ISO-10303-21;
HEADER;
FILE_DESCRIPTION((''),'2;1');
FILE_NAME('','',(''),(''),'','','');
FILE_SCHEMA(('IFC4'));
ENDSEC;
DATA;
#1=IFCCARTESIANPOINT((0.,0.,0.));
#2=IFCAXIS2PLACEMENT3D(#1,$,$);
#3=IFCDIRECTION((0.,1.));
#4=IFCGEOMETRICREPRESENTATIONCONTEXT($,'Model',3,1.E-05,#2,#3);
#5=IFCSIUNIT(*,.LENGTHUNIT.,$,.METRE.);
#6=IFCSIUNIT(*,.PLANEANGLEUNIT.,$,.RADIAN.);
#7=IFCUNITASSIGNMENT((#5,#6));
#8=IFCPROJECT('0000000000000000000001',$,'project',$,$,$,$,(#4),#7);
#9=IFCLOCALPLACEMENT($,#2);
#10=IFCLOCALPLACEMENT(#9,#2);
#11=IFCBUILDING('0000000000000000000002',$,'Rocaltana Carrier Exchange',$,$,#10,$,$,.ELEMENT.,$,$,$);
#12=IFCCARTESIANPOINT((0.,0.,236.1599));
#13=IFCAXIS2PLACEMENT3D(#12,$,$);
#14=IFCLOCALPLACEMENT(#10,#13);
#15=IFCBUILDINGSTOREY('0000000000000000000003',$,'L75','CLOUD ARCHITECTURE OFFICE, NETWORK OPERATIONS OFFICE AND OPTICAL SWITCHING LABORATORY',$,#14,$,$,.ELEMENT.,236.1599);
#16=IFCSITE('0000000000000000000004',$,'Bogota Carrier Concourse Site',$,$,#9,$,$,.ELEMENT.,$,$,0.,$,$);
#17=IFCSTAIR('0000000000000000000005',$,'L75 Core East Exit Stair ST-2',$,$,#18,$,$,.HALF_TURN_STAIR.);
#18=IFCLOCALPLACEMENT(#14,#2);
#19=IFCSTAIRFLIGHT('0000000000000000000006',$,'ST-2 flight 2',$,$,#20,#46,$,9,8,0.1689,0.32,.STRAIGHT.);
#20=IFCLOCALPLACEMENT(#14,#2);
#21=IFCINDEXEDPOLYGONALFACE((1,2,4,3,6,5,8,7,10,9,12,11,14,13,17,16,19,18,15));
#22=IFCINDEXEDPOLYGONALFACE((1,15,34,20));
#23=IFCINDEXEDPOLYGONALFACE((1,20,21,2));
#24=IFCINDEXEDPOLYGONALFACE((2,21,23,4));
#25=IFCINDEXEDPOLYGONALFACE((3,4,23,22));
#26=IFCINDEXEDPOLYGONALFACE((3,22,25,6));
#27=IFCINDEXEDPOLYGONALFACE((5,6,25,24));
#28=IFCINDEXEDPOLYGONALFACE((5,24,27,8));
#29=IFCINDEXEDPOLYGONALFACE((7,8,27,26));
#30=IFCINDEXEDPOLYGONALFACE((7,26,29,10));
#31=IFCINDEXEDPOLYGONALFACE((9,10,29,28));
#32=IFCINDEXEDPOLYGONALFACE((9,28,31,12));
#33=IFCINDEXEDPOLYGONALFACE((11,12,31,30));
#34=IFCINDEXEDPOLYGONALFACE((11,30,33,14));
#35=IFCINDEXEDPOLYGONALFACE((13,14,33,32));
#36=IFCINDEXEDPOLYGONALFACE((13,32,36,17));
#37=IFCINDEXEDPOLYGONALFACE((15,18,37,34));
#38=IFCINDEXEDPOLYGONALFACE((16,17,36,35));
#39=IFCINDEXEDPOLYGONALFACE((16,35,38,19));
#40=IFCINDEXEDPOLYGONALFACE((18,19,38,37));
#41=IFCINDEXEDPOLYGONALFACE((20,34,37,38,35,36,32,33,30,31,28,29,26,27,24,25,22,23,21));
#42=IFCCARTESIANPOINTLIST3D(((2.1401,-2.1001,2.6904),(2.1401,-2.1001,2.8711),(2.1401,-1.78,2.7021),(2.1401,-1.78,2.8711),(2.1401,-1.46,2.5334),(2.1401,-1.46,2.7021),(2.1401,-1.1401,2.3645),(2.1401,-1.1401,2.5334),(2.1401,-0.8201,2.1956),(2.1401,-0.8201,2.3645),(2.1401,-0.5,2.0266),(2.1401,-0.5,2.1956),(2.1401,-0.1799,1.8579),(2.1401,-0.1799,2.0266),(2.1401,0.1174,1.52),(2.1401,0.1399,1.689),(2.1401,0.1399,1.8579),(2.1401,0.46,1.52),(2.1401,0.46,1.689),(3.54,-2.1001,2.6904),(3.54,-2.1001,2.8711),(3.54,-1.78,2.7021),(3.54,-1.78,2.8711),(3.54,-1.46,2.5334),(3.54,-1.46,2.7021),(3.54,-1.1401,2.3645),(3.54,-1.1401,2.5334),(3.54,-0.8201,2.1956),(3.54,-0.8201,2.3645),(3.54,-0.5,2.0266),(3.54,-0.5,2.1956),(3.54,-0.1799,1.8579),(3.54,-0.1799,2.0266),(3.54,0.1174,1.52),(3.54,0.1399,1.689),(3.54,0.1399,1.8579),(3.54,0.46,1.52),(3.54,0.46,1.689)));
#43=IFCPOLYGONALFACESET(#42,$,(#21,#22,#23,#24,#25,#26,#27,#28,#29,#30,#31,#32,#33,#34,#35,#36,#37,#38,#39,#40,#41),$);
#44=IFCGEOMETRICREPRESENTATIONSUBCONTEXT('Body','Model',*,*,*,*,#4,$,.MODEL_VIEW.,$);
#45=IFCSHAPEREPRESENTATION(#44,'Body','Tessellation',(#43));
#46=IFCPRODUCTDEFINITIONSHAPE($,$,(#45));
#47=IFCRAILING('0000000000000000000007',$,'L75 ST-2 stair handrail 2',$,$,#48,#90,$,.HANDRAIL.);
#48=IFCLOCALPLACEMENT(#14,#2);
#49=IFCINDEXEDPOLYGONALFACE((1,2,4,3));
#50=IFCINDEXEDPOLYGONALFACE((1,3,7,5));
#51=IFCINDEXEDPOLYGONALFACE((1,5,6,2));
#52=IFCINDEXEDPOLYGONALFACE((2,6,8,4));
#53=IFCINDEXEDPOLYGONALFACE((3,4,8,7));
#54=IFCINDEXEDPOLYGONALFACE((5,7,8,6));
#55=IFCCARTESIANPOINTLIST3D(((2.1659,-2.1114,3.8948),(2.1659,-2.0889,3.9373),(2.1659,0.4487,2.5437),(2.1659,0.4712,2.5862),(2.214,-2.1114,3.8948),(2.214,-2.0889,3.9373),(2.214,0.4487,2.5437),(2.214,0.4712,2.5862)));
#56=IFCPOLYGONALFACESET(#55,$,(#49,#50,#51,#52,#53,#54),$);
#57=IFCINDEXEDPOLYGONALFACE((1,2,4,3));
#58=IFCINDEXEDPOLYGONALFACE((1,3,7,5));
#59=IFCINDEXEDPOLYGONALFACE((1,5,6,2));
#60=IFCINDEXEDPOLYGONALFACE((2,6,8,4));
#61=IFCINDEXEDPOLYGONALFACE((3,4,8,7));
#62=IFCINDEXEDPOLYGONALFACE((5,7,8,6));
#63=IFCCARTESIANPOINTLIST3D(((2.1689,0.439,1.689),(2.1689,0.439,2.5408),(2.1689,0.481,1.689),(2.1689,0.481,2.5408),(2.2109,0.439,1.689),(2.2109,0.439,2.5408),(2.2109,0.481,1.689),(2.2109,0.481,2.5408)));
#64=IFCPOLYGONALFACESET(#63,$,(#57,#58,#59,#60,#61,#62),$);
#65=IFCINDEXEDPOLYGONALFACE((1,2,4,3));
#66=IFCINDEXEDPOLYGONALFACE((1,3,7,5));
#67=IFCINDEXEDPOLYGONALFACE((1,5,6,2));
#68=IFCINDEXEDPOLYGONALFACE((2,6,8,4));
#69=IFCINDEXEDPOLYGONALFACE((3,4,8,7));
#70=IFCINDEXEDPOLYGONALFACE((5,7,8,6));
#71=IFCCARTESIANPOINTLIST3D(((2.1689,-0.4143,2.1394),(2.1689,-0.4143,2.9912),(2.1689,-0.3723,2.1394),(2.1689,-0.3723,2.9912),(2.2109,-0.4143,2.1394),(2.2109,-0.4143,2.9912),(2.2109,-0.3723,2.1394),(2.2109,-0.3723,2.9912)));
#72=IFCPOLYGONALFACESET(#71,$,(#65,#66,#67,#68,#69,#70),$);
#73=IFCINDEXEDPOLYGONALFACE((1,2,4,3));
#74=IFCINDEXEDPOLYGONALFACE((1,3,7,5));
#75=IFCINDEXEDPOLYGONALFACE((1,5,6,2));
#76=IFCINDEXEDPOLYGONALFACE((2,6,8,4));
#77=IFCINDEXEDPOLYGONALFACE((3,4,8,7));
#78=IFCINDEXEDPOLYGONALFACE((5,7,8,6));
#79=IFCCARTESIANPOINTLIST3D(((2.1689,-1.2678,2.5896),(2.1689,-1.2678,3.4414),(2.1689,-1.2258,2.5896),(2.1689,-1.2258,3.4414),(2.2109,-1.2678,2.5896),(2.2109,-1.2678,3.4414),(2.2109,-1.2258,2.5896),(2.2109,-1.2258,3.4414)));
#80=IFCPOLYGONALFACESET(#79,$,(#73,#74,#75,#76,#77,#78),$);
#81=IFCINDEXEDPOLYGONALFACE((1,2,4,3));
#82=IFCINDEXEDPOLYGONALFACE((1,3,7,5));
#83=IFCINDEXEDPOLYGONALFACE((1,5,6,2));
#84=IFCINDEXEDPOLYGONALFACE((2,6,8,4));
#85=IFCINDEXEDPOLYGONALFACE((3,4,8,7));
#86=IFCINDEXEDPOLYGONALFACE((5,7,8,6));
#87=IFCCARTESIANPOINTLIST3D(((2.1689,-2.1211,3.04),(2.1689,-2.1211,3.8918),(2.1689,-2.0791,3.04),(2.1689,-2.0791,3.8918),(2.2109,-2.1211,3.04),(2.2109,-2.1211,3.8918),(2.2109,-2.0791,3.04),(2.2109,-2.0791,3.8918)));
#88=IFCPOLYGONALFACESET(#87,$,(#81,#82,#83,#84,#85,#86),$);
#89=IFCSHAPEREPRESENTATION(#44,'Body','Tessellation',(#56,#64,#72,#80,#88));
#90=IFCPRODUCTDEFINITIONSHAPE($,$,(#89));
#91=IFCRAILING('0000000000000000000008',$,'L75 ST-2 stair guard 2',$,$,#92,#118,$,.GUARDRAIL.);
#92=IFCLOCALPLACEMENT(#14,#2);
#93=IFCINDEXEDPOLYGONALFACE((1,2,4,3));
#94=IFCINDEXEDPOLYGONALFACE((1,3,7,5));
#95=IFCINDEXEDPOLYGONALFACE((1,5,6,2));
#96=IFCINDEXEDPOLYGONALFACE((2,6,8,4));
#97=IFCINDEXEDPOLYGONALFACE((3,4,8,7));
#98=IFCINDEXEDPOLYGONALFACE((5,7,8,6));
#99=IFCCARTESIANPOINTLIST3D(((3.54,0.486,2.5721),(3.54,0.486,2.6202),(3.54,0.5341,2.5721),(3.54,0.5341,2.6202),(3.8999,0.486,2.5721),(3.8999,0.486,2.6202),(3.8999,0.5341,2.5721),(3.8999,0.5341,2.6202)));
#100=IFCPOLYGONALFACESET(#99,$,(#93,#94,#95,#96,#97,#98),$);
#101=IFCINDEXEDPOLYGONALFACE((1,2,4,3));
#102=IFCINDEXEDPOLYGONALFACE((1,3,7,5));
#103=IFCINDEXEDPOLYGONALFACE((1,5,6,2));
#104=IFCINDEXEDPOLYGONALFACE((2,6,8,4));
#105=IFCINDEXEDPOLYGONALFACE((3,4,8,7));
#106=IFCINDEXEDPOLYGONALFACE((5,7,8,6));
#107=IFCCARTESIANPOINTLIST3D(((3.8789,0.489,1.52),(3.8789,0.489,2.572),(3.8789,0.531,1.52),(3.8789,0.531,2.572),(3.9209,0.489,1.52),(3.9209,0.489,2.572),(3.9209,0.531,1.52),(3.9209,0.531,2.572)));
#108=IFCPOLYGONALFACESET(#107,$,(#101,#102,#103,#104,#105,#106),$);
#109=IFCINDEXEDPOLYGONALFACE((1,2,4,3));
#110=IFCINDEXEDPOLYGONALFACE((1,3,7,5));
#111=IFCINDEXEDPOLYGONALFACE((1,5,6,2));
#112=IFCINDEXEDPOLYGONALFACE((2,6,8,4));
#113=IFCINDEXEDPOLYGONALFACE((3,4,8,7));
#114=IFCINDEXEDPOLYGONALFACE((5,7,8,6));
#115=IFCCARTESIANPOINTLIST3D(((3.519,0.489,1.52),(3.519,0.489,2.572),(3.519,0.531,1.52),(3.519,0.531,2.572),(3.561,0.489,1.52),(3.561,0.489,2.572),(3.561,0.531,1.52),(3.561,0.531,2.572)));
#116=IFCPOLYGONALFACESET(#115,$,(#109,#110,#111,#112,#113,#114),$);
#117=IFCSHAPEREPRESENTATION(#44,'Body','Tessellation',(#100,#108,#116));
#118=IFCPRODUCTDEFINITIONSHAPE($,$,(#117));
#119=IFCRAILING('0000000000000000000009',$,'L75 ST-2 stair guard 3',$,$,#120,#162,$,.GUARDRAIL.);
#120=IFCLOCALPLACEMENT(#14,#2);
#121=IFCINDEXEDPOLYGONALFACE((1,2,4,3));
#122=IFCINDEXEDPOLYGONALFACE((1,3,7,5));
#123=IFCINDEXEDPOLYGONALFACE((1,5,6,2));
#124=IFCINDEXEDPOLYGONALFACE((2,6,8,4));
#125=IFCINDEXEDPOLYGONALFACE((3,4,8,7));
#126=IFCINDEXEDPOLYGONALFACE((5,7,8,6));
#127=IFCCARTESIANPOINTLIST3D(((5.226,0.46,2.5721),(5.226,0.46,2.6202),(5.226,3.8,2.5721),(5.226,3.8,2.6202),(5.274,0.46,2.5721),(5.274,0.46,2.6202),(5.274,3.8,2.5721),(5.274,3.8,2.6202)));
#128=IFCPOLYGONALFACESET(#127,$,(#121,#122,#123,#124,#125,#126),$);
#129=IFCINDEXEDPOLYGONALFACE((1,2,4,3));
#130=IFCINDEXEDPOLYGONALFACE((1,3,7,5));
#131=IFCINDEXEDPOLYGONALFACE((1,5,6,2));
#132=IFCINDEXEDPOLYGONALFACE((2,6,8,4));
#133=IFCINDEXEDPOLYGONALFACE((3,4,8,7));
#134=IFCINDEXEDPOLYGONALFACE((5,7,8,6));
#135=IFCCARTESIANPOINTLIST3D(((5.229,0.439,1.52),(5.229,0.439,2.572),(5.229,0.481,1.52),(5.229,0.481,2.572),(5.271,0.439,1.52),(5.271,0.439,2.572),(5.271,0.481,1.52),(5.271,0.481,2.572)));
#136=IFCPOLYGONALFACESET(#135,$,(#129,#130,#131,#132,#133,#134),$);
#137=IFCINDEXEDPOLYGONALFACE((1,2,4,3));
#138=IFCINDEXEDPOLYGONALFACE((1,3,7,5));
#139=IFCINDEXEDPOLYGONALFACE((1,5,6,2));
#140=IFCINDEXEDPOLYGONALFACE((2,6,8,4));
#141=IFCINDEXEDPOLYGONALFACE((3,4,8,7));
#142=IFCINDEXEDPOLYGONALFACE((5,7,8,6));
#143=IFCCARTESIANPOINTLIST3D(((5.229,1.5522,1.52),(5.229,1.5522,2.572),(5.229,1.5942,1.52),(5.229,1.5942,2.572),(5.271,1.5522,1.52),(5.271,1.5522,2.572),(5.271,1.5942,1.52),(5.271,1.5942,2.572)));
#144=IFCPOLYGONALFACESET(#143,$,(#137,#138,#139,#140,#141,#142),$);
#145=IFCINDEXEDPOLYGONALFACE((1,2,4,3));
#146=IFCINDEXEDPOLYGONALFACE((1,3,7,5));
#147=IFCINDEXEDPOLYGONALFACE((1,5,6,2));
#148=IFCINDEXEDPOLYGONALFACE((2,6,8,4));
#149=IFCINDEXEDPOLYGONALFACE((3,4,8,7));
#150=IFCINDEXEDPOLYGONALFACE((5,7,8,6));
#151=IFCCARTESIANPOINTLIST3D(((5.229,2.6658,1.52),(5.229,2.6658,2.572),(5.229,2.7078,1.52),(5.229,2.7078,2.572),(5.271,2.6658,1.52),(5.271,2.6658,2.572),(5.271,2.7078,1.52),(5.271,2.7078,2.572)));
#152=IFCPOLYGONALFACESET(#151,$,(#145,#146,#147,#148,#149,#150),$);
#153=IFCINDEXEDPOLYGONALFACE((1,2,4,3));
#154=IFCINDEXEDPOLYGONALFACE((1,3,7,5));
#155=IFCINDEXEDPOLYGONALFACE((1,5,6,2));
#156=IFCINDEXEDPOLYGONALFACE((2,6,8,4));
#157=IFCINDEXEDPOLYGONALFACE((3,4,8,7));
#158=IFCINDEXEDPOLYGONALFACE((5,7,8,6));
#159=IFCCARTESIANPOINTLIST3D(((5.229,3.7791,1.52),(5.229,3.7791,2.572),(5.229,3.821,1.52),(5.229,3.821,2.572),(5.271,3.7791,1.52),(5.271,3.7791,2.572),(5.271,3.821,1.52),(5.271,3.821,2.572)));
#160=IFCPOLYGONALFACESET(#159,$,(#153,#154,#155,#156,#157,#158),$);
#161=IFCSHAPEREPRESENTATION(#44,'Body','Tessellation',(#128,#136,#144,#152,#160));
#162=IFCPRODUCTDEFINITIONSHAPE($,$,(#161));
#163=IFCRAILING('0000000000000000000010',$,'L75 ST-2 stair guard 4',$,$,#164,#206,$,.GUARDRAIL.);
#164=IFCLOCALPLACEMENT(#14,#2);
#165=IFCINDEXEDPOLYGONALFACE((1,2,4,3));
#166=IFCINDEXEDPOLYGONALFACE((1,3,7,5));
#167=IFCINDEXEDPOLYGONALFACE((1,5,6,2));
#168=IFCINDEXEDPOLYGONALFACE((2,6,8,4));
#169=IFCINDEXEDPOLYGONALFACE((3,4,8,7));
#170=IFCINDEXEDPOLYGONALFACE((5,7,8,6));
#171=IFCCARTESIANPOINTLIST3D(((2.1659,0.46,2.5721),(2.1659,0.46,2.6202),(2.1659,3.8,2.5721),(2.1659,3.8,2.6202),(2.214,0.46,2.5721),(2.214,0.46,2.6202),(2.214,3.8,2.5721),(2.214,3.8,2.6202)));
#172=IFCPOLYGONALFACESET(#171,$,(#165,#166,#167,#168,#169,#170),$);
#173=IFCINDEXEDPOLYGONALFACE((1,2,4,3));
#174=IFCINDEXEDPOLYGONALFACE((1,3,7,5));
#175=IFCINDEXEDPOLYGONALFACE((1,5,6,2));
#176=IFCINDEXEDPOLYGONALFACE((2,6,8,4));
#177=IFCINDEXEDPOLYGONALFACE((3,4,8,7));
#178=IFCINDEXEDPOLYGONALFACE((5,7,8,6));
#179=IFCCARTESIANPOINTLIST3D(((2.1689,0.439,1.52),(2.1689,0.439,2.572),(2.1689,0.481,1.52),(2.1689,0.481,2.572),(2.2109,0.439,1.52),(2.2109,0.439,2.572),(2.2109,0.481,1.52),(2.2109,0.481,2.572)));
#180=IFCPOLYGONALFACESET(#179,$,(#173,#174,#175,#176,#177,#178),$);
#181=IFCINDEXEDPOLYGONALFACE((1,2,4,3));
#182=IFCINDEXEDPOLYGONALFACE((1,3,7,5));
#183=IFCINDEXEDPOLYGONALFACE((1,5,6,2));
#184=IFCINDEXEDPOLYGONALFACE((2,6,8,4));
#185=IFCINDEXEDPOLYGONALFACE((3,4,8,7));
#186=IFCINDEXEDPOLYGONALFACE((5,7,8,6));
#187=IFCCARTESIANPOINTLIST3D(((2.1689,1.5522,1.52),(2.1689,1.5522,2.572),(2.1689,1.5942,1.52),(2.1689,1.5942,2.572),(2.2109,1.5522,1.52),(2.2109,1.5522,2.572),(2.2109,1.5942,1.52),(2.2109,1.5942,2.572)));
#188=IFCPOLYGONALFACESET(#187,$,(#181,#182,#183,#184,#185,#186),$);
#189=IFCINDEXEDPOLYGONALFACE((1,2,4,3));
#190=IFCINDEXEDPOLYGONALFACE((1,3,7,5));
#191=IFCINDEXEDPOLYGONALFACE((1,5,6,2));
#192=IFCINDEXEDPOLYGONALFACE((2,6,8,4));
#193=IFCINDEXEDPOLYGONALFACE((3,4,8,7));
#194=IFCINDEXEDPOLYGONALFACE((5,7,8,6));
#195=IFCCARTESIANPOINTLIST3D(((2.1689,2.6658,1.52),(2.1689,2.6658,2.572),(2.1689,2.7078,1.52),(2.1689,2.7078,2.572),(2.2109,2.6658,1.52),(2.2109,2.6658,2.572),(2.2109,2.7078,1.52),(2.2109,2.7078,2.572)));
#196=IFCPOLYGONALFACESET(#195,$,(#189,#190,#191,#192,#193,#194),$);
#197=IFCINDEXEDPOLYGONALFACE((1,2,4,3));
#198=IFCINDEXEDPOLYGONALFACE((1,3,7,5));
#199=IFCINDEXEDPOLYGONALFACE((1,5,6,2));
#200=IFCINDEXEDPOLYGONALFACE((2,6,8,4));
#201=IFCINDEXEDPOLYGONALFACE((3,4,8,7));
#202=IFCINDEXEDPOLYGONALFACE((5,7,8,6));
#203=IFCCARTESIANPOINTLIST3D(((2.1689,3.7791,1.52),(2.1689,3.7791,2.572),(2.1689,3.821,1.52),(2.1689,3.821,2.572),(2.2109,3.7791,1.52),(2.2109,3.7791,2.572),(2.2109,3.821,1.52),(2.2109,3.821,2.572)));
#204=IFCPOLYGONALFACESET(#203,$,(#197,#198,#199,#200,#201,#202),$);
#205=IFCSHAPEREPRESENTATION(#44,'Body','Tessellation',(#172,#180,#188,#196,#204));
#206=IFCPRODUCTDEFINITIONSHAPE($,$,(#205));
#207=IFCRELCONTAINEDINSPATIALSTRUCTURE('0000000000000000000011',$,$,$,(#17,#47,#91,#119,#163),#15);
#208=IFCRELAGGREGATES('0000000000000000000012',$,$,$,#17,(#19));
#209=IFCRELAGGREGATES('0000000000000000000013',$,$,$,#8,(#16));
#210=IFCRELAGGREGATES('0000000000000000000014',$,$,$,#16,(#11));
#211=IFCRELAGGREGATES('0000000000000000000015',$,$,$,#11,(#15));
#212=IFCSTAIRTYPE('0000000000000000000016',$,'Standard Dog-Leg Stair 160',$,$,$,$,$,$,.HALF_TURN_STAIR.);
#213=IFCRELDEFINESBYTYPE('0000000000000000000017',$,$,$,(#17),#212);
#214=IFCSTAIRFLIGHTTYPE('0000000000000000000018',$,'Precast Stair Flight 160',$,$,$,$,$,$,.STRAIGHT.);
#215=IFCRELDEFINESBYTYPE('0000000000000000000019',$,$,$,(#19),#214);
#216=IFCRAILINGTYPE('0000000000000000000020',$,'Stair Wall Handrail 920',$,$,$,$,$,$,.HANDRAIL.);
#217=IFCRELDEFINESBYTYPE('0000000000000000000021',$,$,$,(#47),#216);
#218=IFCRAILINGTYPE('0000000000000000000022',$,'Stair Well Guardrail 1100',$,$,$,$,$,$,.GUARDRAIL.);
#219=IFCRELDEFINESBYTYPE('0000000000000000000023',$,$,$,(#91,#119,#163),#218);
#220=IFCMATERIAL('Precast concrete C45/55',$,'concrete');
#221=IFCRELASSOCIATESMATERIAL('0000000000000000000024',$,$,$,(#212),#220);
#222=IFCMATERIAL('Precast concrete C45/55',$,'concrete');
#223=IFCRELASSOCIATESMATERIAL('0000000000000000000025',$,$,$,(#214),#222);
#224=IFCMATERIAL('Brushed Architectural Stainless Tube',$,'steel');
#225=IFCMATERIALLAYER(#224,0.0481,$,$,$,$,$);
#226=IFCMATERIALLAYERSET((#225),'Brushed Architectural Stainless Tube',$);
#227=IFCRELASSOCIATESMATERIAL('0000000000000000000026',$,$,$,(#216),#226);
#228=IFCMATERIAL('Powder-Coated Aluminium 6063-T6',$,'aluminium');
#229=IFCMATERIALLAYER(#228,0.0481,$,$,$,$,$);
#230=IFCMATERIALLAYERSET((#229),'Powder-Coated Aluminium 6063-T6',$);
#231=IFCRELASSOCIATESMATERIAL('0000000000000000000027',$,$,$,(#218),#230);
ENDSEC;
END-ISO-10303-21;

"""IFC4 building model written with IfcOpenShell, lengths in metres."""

from ifc_helpers import new_model, si_unit, direction, frame, origin, origin_2d, place, context, subcontext, project, spatial, polyline, rectangle, outline, extrude, material, layer, layer_set, type_object, element, aggregate, save


model = new_model("IFC4")

# Units and contexts
model_context = context("Model", 3, precision=1e-05, world=origin(), true_north=direction((0.0, 1.0)))
body_context = subcontext(model_context, "Body", "Model", "MODEL_VIEW")
ifc_project = project(units=[si_unit("LENGTHUNIT", "METRE"), si_unit("PLANEANGLEUNIT", "RADIAN")], contexts=[model_context])

# Site, building, storey
site_placement = place(None, origin())
site = spatial("IfcSite", under=ifc_project, at=site_placement, Name="Bogota Carrier Concourse Site", CompositionType="ELEMENT", RefElevation=0.0)
building_placement = place(site_placement, origin())
building = spatial("IfcBuilding", under=site, at=building_placement, Name="Rocaltana Carrier Exchange", CompositionType="ELEMENT")
storey_placement = place(building_placement, frame((0.0, 0.0, 236.1599)))
storey = spatial("IfcBuildingStorey", under=building, at=storey_placement, Name="L75", Description="CLOUD ARCHITECTURE OFFICE, NETWORK OPERATIONS OFFICE AND OPTICAL SWITCHING LABORATORY", CompositionType="ELEMENT", Elevation=236.1599)

# Stair, stair flight
ifc_material_1 = material(Name="Precast concrete C45/55", Category="concrete")
stair_type = type_object("IfcStairType", Name="Standard Dog-Leg Stair 160", PredefinedType="HALF_TURN_STAIR", material=ifc_material_1)
stair_placement = place(storey_placement, origin())
stair = element("IfcStair", 1, at=stair_placement, inside=storey, type_object=stair_type, Name="L75 Core East Exit Stair ST-2", PredefinedType="HALF_TURN_STAIR")
ifc_material_2 = material(Name="Precast concrete C45/55", Category="concrete")
stair_flight_type = type_object("IfcStairFlightType", Name="Precast Stair Flight 160", PredefinedType="STRAIGHT", material=ifc_material_2)
stair_flight_placement = place(storey_placement, frame((2.8401, 0.46, 1.52), z_axis=(0.0, 0.0, 1.0), x_axis=(0.0, -1.0, 0.0)))
stair_flight = element("IfcStairFlight", 2, at=stair_flight_placement, type_object=stair_flight_type, Name="ST-2 flight 2", NumberOfRisers=9, NumberOfTreads=8, PredefinedType="STRAIGHT", RiserHeight=0.1689, TreadLength=0.32, context=body_context, shape_type="SweptSolid", body=[
    extrude(outline(polyline([(0.0, 0.0), (0.0, 0.1689), (0.3201, 0.1689), (0.3201, 0.3379), (0.6399, 0.3379), (0.6399, 0.5066), (0.96, 0.5066), (0.96, 0.6755), (1.28, 0.6755), (1.28, 0.8445), (1.6001, 0.8445), (1.6001, 1.0134), (1.9199, 1.0134), (1.9199, 1.1821), (2.24, 1.1821), (2.24, 1.3511), (2.5601, 1.3511), (2.5601, 1.52), (2.5601, 1.1704), (0.3425, 0.0), (0.0, 0.0)])), frame((0.0, 0.7, 0.0), z_axis=(0.0, -1.0, 0.0), x_axis=(1.0, 0.0, 0.0)), (0.0, 0.0, 1.0), 1.3999),
])
aggregate(stair, [stair_flight])

# Railings
ifc_material_3 = material(Name="Brushed Architectural Stainless Tube", Category="steel")
ifc_layer_1 = layer(ifc_material_3, 0.0481)
ifc_layer_set_1 = layer_set([ifc_layer_1], Name="Brushed Architectural Stainless Tube")
railing_type_1 = type_object("IfcRailingType", Name="Stair Wall Handrail 920", PredefinedType="HANDRAIL", material=ifc_layer_set_1)
railing_1_placement = place(storey_placement, frame((2.1899, 0.46, 1.689)))
element("IfcRailing", 3, at=railing_1_placement, inside=storey, type_object=railing_type_1, Name="L75 ST-2 stair handrail 2", PredefinedType="HANDRAIL", context=body_context, shape_type="SweptSolid", body=[
    extrude(rectangle(XDim=0.0481, YDim=0.0481, at=origin_2d()), frame((0.0, 0.0, 0.876), z_axis=(0.0, -0.884394, 0.46674), x_axis=(1.0, 0.0, 0.0)), (0.0, 0.0, 1.0), 2.8948),
    extrude(rectangle(XDim=0.042, YDim=0.042, at=origin_2d()), origin(), (0.0, 0.0, 1.0), 0.8518),
    extrude(rectangle(XDim=0.042, YDim=0.042, at=origin_2d()), frame((0.0, -0.8533, 0.4504)), (0.0, 0.0, 1.0), 0.8518),
    extrude(rectangle(XDim=0.042, YDim=0.042, at=origin_2d()), frame((0.0, -1.7068, 0.9006)), (0.0, 0.0, 1.0), 0.8518),
    extrude(rectangle(XDim=0.042, YDim=0.042, at=origin_2d()), frame((0.0, -2.5601, 1.3511)), (0.0, 0.0, 1.0), 0.8518),
])
ifc_material_4 = material(Name="Powder-Coated Aluminium 6063-T6", Category="aluminium")
ifc_layer_2 = layer(ifc_material_4, 0.0481)
ifc_layer_set_2 = layer_set([ifc_layer_2], Name="Powder-Coated Aluminium 6063-T6")
railing_type_2 = type_object("IfcRailingType", Name="Stair Well Guardrail 1100", PredefinedType="GUARDRAIL", material=ifc_layer_set_2)
railing_2_placement = place(storey_placement, frame((3.8999, 0.51, 1.52)))
element("IfcRailing", 4, at=railing_2_placement, inside=storey, type_object=railing_type_2, Name="L75 ST-2 stair guard 2", PredefinedType="GUARDRAIL", context=body_context, shape_type="SweptSolid", body=[
    extrude(rectangle(XDim=0.0481, YDim=0.0481, at=origin_2d()), frame((0.0, 0.0, 1.0762), z_axis=(-1.0, 0.0, 0.0), x_axis=(0.0, -1.0, 0.0)), (0.0, 0.0, 1.0), 0.3599),
    extrude(rectangle(XDim=0.042, YDim=0.042, at=origin_2d()), origin(), (0.0, 0.0, 1.0), 1.052),
    extrude(rectangle(XDim=0.042, YDim=0.042, at=origin_2d()), frame((-0.3599, 0.0, 0.0)), (0.0, 0.0, 1.0), 1.052),
])
for number, where, name in (
    (5, (5.25, 0.46, 1.52), "L75 ST-2 stair guard 3"),
    (6, (2.1899, 0.46, 1.52), "L75 ST-2 stair guard 4"),
):
    element("IfcRailing", number, at=place(storey_placement, frame(where)), inside=storey, type_object=railing_type_2, Name=name, PredefinedType="GUARDRAIL", context=body_context, shape_type="SweptSolid", body=[
        extrude(rectangle(XDim=0.0481, YDim=0.0481, at=origin_2d()), frame((0.0, 0.0, 1.0762), z_axis=(0.0, 1.0, 0.0), x_axis=(-1.0, 0.0, 0.0)), (0.0, 0.0, 1.0), 3.3401),
        extrude(rectangle(XDim=0.042, YDim=0.042, at=origin_2d()), origin(), (0.0, 0.0, 1.0), 1.052),
        extrude(rectangle(XDim=0.042, YDim=0.042, at=origin_2d()), frame((0.0, 1.1133, 0.0)), (0.0, 0.0, 1.0), 1.052),
        extrude(rectangle(XDim=0.042, YDim=0.042, at=origin_2d()), frame((0.0, 2.2268, 0.0)), (0.0, 0.0, 1.0), 1.052),
        extrude(rectangle(XDim=0.042, YDim=0.042, at=origin_2d()), frame((0.0, 3.3401, 0.0)), (0.0, 0.0, 1.0), 1.052),
    ])

save(model, "model.ifc")
